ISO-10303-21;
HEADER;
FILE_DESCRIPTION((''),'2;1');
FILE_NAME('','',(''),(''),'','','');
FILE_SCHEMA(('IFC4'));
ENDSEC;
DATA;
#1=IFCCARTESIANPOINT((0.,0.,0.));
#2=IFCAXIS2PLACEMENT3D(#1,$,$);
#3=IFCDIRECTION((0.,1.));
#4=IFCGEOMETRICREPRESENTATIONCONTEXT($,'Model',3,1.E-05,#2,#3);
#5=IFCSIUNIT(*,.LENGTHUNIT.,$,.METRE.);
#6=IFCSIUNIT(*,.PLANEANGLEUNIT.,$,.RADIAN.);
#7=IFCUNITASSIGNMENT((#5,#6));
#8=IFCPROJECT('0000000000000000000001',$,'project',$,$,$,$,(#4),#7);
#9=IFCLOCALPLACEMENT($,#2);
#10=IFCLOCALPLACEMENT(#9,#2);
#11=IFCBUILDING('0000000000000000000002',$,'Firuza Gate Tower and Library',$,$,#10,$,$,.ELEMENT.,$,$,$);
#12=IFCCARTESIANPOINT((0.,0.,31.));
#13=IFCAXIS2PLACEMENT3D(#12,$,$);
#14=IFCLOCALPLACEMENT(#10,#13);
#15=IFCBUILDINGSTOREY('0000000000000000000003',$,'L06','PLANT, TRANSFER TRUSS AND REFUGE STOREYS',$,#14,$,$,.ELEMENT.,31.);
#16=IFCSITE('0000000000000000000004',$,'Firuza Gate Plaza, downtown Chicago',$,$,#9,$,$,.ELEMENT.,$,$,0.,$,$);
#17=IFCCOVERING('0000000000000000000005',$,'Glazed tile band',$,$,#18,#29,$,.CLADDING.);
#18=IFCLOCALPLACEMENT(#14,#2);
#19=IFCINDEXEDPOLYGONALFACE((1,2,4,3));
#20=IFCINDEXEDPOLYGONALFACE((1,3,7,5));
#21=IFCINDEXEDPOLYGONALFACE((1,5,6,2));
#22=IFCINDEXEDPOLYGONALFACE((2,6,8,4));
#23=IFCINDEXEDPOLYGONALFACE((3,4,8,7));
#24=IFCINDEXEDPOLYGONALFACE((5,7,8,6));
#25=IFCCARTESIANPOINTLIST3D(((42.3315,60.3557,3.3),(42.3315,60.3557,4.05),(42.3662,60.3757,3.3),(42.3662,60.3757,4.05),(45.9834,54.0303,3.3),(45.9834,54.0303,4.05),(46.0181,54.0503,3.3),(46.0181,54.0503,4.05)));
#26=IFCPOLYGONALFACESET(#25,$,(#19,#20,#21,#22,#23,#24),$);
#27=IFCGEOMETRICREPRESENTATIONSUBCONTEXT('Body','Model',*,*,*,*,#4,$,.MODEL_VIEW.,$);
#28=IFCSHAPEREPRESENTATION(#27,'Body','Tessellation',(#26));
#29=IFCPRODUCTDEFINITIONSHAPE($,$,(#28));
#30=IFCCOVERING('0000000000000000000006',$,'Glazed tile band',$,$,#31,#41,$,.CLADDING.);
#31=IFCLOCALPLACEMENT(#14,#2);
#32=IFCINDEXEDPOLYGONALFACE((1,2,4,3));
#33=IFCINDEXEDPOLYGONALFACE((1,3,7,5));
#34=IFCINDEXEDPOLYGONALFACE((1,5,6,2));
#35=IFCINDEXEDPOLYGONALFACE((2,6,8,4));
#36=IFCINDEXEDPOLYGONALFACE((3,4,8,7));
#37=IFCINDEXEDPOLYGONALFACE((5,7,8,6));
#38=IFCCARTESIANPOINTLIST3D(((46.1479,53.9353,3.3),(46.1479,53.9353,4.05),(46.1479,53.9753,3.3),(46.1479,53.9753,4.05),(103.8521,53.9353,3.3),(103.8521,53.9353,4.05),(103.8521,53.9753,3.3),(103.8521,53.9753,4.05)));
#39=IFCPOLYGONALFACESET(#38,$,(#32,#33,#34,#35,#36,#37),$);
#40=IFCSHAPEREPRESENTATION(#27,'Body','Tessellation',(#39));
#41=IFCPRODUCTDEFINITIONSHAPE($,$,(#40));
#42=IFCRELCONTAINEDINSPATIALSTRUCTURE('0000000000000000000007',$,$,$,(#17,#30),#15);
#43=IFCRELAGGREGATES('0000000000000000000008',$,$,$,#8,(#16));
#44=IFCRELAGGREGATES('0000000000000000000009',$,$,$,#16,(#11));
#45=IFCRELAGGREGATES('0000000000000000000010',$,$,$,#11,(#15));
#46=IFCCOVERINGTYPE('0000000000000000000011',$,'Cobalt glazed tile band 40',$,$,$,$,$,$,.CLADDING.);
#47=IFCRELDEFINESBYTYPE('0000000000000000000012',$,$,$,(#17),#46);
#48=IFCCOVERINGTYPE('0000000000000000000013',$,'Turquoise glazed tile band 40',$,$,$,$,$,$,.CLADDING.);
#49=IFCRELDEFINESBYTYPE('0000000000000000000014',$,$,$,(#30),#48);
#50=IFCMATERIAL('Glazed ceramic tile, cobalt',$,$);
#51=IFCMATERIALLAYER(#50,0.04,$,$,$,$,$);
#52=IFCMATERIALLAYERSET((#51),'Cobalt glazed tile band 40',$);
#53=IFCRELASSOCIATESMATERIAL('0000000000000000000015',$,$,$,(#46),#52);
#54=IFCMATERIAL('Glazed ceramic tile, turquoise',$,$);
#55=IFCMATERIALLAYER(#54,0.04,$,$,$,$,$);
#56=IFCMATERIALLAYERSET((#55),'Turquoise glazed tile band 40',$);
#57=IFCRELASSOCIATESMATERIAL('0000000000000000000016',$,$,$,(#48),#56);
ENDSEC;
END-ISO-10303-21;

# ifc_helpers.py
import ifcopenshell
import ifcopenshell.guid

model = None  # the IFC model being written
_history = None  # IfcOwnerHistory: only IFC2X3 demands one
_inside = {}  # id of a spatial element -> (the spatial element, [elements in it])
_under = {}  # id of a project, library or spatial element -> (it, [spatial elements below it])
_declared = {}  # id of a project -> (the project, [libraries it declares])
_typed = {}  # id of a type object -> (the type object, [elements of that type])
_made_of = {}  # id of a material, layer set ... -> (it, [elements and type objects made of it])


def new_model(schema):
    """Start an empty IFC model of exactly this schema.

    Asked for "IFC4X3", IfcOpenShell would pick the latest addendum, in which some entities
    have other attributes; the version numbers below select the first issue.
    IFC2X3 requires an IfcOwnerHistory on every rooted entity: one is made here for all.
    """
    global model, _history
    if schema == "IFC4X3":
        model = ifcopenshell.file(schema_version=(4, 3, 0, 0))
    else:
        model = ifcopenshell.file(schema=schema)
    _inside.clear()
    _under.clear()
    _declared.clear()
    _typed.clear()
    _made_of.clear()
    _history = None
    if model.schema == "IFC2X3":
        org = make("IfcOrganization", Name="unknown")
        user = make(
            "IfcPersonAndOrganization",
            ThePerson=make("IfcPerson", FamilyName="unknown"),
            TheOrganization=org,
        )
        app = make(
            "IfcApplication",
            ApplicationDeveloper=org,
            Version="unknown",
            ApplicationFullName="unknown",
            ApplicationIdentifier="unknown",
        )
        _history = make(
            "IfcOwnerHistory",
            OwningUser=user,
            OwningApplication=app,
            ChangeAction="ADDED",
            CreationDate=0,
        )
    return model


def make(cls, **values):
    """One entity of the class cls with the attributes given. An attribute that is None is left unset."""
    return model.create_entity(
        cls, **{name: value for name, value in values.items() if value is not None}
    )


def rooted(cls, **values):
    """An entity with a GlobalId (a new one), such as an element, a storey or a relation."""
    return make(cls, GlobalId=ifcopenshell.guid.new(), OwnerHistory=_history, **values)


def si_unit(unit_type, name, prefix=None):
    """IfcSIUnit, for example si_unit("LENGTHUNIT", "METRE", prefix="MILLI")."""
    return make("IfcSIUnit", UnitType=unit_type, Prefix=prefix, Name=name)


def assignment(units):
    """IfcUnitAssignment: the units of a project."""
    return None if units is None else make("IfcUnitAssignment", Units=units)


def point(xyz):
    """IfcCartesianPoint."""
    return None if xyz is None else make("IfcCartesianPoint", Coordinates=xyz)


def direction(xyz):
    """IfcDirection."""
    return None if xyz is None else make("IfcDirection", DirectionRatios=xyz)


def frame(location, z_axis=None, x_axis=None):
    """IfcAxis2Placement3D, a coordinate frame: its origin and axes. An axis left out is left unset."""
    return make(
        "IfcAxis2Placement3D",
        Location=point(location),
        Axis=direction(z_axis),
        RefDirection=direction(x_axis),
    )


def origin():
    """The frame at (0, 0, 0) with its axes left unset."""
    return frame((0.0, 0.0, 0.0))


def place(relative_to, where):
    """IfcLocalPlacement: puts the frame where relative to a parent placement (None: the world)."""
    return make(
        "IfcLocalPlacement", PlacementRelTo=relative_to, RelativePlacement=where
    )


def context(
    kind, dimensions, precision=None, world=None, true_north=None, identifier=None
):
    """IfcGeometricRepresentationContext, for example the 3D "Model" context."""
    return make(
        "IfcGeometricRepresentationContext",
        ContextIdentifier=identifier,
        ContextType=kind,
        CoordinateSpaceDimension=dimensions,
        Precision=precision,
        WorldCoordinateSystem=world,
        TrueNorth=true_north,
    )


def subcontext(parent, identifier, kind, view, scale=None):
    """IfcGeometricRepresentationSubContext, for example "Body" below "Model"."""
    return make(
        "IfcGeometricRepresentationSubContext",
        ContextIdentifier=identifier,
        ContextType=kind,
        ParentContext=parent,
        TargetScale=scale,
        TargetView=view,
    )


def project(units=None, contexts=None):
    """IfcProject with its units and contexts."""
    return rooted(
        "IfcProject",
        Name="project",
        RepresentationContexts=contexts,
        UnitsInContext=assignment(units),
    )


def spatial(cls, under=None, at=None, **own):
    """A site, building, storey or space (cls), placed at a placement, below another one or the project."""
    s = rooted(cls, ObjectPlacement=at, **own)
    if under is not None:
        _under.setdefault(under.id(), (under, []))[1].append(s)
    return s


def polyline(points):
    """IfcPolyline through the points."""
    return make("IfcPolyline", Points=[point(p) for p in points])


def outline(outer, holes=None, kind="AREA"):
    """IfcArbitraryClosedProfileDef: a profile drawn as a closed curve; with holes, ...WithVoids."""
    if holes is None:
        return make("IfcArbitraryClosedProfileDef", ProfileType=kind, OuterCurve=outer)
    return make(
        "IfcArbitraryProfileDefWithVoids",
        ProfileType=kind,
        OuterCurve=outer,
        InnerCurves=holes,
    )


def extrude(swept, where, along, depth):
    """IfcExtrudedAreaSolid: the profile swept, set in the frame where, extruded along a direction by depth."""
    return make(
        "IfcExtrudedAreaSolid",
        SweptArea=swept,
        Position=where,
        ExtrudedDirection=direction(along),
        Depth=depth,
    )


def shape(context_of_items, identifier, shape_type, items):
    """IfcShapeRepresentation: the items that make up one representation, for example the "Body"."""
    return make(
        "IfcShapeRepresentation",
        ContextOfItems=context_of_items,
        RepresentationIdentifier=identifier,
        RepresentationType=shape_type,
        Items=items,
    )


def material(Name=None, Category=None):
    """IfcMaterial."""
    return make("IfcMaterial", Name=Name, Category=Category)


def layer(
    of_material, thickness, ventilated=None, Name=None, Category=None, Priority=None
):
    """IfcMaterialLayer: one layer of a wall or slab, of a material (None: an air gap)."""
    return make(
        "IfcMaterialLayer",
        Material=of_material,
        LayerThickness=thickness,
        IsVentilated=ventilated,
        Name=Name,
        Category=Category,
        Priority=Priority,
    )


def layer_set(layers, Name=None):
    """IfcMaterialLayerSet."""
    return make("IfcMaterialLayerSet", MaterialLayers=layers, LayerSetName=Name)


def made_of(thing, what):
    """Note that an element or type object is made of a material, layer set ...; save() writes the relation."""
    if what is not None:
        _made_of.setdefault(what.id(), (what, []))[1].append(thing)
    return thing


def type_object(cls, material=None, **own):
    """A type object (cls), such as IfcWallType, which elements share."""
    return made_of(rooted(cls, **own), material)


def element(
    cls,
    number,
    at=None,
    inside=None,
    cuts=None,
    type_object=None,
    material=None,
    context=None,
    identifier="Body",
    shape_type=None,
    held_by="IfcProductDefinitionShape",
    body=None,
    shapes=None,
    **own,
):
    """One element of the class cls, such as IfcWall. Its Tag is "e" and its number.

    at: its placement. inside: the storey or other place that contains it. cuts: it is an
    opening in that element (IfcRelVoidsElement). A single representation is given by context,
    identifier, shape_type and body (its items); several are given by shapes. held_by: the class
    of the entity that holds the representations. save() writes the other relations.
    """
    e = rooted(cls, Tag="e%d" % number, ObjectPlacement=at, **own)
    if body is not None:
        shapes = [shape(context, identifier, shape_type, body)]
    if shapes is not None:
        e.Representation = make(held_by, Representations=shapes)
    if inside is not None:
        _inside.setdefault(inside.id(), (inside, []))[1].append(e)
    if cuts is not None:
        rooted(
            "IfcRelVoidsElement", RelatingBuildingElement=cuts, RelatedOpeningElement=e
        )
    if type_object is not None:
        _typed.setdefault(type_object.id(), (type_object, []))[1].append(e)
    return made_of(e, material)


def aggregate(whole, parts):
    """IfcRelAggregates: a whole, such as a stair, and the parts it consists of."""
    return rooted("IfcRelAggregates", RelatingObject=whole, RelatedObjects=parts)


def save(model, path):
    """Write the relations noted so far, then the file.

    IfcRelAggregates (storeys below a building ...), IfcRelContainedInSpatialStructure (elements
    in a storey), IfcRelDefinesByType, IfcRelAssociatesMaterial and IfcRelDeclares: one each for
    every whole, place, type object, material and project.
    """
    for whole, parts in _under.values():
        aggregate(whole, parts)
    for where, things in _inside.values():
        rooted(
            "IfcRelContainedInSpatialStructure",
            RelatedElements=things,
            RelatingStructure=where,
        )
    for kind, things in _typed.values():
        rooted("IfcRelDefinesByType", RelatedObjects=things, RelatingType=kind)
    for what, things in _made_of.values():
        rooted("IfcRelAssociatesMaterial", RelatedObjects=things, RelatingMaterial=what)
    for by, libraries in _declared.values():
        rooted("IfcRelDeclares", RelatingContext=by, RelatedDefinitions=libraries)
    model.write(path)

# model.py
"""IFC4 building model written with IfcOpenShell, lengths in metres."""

from ifc_helpers import new_model, si_unit, direction, frame, origin, place, context, subcontext, project, spatial, polyline, outline, extrude, material, layer, layer_set, type_object, element, save


model = new_model("IFC4")

# Units and contexts
model_context = context("Model", 3, precision=1e-05, world=origin(), true_north=direction((0.0, 1.0)))
body_context = subcontext(model_context, "Body", "Model", "MODEL_VIEW")
ifc_project = project(units=[si_unit("LENGTHUNIT", "METRE"), si_unit("PLANEANGLEUNIT", "RADIAN")], contexts=[model_context])

# Site, building, storey
site_placement = place(None, origin())
site = spatial("IfcSite", under=ifc_project, at=site_placement, Name="Firuza Gate Plaza, downtown Chicago", CompositionType="ELEMENT", RefElevation=0.0)
building_placement = place(site_placement, origin())
building = spatial("IfcBuilding", under=site, at=building_placement, Name="Firuza Gate Tower and Library", CompositionType="ELEMENT")
storey_placement = place(building_placement, frame((0.0, 0.0, 31.0)))
storey = spatial("IfcBuildingStorey", under=building, at=storey_placement, Name="L06", Description="PLANT, TRANSFER TRUSS AND REFUGE STOREYS", CompositionType="ELEMENT", Elevation=31.0)

# Coverings
ifc_material_1 = material(Name="Glazed ceramic tile, cobalt")
ifc_layer_1 = layer(ifc_material_1, 0.04)
ifc_layer_set_1 = layer_set([ifc_layer_1], Name="Cobalt glazed tile band 40")
covering_type_1 = type_object("IfcCoveringType", Name="Cobalt glazed tile band 40", PredefinedType="CLADDING", material=ifc_layer_set_1)
covering_1_placement = place(storey_placement, frame((42.3315, 60.3557, 3.3), z_axis=(-0.866034, -0.499986, 0.0), x_axis=(0.499986, -0.866034, 0.0)))
element("IfcCovering", 1, at=covering_1_placement, inside=storey, type_object=covering_type_1, Name="Glazed tile band", PredefinedType="CLADDING", context=body_context, shape_type="SweptSolid", body=[
    extrude(outline(polyline([(0.0, 0.0), (7.3039, 0.0), (7.3039, 0.75), (0.0, 0.75), (0.0, 0.0)])), origin(), (0.0, 0.0, -1.0), 0.04),
])
ifc_material_2 = material(Name="Glazed ceramic tile, turquoise")
ifc_layer_2 = layer(ifc_material_2, 0.04)
ifc_layer_set_2 = layer_set([ifc_layer_2], Name="Turquoise glazed tile band 40")
covering_type_2 = type_object("IfcCoveringType", Name="Turquoise glazed tile band 40", PredefinedType="CLADDING", material=ifc_layer_set_2)
covering_2_placement = place(storey_placement, frame((46.1479, 53.9353, 3.3), z_axis=(0.0, -1.0, 0.0), x_axis=(1.0, 0.0, 0.0)))
element("IfcCovering", 2, at=covering_2_placement, inside=storey, type_object=covering_type_2, Name="Glazed tile band", PredefinedType="CLADDING", context=body_context, shape_type="SweptSolid", body=[
    extrude(outline(polyline([(0.0, 0.0), (57.7041, 0.0), (57.7041, 0.75), (0.0, 0.75), (0.0, 0.0)])), origin(), (0.0, 0.0, -1.0), 0.04),
])

save(model, "model.ifc")
